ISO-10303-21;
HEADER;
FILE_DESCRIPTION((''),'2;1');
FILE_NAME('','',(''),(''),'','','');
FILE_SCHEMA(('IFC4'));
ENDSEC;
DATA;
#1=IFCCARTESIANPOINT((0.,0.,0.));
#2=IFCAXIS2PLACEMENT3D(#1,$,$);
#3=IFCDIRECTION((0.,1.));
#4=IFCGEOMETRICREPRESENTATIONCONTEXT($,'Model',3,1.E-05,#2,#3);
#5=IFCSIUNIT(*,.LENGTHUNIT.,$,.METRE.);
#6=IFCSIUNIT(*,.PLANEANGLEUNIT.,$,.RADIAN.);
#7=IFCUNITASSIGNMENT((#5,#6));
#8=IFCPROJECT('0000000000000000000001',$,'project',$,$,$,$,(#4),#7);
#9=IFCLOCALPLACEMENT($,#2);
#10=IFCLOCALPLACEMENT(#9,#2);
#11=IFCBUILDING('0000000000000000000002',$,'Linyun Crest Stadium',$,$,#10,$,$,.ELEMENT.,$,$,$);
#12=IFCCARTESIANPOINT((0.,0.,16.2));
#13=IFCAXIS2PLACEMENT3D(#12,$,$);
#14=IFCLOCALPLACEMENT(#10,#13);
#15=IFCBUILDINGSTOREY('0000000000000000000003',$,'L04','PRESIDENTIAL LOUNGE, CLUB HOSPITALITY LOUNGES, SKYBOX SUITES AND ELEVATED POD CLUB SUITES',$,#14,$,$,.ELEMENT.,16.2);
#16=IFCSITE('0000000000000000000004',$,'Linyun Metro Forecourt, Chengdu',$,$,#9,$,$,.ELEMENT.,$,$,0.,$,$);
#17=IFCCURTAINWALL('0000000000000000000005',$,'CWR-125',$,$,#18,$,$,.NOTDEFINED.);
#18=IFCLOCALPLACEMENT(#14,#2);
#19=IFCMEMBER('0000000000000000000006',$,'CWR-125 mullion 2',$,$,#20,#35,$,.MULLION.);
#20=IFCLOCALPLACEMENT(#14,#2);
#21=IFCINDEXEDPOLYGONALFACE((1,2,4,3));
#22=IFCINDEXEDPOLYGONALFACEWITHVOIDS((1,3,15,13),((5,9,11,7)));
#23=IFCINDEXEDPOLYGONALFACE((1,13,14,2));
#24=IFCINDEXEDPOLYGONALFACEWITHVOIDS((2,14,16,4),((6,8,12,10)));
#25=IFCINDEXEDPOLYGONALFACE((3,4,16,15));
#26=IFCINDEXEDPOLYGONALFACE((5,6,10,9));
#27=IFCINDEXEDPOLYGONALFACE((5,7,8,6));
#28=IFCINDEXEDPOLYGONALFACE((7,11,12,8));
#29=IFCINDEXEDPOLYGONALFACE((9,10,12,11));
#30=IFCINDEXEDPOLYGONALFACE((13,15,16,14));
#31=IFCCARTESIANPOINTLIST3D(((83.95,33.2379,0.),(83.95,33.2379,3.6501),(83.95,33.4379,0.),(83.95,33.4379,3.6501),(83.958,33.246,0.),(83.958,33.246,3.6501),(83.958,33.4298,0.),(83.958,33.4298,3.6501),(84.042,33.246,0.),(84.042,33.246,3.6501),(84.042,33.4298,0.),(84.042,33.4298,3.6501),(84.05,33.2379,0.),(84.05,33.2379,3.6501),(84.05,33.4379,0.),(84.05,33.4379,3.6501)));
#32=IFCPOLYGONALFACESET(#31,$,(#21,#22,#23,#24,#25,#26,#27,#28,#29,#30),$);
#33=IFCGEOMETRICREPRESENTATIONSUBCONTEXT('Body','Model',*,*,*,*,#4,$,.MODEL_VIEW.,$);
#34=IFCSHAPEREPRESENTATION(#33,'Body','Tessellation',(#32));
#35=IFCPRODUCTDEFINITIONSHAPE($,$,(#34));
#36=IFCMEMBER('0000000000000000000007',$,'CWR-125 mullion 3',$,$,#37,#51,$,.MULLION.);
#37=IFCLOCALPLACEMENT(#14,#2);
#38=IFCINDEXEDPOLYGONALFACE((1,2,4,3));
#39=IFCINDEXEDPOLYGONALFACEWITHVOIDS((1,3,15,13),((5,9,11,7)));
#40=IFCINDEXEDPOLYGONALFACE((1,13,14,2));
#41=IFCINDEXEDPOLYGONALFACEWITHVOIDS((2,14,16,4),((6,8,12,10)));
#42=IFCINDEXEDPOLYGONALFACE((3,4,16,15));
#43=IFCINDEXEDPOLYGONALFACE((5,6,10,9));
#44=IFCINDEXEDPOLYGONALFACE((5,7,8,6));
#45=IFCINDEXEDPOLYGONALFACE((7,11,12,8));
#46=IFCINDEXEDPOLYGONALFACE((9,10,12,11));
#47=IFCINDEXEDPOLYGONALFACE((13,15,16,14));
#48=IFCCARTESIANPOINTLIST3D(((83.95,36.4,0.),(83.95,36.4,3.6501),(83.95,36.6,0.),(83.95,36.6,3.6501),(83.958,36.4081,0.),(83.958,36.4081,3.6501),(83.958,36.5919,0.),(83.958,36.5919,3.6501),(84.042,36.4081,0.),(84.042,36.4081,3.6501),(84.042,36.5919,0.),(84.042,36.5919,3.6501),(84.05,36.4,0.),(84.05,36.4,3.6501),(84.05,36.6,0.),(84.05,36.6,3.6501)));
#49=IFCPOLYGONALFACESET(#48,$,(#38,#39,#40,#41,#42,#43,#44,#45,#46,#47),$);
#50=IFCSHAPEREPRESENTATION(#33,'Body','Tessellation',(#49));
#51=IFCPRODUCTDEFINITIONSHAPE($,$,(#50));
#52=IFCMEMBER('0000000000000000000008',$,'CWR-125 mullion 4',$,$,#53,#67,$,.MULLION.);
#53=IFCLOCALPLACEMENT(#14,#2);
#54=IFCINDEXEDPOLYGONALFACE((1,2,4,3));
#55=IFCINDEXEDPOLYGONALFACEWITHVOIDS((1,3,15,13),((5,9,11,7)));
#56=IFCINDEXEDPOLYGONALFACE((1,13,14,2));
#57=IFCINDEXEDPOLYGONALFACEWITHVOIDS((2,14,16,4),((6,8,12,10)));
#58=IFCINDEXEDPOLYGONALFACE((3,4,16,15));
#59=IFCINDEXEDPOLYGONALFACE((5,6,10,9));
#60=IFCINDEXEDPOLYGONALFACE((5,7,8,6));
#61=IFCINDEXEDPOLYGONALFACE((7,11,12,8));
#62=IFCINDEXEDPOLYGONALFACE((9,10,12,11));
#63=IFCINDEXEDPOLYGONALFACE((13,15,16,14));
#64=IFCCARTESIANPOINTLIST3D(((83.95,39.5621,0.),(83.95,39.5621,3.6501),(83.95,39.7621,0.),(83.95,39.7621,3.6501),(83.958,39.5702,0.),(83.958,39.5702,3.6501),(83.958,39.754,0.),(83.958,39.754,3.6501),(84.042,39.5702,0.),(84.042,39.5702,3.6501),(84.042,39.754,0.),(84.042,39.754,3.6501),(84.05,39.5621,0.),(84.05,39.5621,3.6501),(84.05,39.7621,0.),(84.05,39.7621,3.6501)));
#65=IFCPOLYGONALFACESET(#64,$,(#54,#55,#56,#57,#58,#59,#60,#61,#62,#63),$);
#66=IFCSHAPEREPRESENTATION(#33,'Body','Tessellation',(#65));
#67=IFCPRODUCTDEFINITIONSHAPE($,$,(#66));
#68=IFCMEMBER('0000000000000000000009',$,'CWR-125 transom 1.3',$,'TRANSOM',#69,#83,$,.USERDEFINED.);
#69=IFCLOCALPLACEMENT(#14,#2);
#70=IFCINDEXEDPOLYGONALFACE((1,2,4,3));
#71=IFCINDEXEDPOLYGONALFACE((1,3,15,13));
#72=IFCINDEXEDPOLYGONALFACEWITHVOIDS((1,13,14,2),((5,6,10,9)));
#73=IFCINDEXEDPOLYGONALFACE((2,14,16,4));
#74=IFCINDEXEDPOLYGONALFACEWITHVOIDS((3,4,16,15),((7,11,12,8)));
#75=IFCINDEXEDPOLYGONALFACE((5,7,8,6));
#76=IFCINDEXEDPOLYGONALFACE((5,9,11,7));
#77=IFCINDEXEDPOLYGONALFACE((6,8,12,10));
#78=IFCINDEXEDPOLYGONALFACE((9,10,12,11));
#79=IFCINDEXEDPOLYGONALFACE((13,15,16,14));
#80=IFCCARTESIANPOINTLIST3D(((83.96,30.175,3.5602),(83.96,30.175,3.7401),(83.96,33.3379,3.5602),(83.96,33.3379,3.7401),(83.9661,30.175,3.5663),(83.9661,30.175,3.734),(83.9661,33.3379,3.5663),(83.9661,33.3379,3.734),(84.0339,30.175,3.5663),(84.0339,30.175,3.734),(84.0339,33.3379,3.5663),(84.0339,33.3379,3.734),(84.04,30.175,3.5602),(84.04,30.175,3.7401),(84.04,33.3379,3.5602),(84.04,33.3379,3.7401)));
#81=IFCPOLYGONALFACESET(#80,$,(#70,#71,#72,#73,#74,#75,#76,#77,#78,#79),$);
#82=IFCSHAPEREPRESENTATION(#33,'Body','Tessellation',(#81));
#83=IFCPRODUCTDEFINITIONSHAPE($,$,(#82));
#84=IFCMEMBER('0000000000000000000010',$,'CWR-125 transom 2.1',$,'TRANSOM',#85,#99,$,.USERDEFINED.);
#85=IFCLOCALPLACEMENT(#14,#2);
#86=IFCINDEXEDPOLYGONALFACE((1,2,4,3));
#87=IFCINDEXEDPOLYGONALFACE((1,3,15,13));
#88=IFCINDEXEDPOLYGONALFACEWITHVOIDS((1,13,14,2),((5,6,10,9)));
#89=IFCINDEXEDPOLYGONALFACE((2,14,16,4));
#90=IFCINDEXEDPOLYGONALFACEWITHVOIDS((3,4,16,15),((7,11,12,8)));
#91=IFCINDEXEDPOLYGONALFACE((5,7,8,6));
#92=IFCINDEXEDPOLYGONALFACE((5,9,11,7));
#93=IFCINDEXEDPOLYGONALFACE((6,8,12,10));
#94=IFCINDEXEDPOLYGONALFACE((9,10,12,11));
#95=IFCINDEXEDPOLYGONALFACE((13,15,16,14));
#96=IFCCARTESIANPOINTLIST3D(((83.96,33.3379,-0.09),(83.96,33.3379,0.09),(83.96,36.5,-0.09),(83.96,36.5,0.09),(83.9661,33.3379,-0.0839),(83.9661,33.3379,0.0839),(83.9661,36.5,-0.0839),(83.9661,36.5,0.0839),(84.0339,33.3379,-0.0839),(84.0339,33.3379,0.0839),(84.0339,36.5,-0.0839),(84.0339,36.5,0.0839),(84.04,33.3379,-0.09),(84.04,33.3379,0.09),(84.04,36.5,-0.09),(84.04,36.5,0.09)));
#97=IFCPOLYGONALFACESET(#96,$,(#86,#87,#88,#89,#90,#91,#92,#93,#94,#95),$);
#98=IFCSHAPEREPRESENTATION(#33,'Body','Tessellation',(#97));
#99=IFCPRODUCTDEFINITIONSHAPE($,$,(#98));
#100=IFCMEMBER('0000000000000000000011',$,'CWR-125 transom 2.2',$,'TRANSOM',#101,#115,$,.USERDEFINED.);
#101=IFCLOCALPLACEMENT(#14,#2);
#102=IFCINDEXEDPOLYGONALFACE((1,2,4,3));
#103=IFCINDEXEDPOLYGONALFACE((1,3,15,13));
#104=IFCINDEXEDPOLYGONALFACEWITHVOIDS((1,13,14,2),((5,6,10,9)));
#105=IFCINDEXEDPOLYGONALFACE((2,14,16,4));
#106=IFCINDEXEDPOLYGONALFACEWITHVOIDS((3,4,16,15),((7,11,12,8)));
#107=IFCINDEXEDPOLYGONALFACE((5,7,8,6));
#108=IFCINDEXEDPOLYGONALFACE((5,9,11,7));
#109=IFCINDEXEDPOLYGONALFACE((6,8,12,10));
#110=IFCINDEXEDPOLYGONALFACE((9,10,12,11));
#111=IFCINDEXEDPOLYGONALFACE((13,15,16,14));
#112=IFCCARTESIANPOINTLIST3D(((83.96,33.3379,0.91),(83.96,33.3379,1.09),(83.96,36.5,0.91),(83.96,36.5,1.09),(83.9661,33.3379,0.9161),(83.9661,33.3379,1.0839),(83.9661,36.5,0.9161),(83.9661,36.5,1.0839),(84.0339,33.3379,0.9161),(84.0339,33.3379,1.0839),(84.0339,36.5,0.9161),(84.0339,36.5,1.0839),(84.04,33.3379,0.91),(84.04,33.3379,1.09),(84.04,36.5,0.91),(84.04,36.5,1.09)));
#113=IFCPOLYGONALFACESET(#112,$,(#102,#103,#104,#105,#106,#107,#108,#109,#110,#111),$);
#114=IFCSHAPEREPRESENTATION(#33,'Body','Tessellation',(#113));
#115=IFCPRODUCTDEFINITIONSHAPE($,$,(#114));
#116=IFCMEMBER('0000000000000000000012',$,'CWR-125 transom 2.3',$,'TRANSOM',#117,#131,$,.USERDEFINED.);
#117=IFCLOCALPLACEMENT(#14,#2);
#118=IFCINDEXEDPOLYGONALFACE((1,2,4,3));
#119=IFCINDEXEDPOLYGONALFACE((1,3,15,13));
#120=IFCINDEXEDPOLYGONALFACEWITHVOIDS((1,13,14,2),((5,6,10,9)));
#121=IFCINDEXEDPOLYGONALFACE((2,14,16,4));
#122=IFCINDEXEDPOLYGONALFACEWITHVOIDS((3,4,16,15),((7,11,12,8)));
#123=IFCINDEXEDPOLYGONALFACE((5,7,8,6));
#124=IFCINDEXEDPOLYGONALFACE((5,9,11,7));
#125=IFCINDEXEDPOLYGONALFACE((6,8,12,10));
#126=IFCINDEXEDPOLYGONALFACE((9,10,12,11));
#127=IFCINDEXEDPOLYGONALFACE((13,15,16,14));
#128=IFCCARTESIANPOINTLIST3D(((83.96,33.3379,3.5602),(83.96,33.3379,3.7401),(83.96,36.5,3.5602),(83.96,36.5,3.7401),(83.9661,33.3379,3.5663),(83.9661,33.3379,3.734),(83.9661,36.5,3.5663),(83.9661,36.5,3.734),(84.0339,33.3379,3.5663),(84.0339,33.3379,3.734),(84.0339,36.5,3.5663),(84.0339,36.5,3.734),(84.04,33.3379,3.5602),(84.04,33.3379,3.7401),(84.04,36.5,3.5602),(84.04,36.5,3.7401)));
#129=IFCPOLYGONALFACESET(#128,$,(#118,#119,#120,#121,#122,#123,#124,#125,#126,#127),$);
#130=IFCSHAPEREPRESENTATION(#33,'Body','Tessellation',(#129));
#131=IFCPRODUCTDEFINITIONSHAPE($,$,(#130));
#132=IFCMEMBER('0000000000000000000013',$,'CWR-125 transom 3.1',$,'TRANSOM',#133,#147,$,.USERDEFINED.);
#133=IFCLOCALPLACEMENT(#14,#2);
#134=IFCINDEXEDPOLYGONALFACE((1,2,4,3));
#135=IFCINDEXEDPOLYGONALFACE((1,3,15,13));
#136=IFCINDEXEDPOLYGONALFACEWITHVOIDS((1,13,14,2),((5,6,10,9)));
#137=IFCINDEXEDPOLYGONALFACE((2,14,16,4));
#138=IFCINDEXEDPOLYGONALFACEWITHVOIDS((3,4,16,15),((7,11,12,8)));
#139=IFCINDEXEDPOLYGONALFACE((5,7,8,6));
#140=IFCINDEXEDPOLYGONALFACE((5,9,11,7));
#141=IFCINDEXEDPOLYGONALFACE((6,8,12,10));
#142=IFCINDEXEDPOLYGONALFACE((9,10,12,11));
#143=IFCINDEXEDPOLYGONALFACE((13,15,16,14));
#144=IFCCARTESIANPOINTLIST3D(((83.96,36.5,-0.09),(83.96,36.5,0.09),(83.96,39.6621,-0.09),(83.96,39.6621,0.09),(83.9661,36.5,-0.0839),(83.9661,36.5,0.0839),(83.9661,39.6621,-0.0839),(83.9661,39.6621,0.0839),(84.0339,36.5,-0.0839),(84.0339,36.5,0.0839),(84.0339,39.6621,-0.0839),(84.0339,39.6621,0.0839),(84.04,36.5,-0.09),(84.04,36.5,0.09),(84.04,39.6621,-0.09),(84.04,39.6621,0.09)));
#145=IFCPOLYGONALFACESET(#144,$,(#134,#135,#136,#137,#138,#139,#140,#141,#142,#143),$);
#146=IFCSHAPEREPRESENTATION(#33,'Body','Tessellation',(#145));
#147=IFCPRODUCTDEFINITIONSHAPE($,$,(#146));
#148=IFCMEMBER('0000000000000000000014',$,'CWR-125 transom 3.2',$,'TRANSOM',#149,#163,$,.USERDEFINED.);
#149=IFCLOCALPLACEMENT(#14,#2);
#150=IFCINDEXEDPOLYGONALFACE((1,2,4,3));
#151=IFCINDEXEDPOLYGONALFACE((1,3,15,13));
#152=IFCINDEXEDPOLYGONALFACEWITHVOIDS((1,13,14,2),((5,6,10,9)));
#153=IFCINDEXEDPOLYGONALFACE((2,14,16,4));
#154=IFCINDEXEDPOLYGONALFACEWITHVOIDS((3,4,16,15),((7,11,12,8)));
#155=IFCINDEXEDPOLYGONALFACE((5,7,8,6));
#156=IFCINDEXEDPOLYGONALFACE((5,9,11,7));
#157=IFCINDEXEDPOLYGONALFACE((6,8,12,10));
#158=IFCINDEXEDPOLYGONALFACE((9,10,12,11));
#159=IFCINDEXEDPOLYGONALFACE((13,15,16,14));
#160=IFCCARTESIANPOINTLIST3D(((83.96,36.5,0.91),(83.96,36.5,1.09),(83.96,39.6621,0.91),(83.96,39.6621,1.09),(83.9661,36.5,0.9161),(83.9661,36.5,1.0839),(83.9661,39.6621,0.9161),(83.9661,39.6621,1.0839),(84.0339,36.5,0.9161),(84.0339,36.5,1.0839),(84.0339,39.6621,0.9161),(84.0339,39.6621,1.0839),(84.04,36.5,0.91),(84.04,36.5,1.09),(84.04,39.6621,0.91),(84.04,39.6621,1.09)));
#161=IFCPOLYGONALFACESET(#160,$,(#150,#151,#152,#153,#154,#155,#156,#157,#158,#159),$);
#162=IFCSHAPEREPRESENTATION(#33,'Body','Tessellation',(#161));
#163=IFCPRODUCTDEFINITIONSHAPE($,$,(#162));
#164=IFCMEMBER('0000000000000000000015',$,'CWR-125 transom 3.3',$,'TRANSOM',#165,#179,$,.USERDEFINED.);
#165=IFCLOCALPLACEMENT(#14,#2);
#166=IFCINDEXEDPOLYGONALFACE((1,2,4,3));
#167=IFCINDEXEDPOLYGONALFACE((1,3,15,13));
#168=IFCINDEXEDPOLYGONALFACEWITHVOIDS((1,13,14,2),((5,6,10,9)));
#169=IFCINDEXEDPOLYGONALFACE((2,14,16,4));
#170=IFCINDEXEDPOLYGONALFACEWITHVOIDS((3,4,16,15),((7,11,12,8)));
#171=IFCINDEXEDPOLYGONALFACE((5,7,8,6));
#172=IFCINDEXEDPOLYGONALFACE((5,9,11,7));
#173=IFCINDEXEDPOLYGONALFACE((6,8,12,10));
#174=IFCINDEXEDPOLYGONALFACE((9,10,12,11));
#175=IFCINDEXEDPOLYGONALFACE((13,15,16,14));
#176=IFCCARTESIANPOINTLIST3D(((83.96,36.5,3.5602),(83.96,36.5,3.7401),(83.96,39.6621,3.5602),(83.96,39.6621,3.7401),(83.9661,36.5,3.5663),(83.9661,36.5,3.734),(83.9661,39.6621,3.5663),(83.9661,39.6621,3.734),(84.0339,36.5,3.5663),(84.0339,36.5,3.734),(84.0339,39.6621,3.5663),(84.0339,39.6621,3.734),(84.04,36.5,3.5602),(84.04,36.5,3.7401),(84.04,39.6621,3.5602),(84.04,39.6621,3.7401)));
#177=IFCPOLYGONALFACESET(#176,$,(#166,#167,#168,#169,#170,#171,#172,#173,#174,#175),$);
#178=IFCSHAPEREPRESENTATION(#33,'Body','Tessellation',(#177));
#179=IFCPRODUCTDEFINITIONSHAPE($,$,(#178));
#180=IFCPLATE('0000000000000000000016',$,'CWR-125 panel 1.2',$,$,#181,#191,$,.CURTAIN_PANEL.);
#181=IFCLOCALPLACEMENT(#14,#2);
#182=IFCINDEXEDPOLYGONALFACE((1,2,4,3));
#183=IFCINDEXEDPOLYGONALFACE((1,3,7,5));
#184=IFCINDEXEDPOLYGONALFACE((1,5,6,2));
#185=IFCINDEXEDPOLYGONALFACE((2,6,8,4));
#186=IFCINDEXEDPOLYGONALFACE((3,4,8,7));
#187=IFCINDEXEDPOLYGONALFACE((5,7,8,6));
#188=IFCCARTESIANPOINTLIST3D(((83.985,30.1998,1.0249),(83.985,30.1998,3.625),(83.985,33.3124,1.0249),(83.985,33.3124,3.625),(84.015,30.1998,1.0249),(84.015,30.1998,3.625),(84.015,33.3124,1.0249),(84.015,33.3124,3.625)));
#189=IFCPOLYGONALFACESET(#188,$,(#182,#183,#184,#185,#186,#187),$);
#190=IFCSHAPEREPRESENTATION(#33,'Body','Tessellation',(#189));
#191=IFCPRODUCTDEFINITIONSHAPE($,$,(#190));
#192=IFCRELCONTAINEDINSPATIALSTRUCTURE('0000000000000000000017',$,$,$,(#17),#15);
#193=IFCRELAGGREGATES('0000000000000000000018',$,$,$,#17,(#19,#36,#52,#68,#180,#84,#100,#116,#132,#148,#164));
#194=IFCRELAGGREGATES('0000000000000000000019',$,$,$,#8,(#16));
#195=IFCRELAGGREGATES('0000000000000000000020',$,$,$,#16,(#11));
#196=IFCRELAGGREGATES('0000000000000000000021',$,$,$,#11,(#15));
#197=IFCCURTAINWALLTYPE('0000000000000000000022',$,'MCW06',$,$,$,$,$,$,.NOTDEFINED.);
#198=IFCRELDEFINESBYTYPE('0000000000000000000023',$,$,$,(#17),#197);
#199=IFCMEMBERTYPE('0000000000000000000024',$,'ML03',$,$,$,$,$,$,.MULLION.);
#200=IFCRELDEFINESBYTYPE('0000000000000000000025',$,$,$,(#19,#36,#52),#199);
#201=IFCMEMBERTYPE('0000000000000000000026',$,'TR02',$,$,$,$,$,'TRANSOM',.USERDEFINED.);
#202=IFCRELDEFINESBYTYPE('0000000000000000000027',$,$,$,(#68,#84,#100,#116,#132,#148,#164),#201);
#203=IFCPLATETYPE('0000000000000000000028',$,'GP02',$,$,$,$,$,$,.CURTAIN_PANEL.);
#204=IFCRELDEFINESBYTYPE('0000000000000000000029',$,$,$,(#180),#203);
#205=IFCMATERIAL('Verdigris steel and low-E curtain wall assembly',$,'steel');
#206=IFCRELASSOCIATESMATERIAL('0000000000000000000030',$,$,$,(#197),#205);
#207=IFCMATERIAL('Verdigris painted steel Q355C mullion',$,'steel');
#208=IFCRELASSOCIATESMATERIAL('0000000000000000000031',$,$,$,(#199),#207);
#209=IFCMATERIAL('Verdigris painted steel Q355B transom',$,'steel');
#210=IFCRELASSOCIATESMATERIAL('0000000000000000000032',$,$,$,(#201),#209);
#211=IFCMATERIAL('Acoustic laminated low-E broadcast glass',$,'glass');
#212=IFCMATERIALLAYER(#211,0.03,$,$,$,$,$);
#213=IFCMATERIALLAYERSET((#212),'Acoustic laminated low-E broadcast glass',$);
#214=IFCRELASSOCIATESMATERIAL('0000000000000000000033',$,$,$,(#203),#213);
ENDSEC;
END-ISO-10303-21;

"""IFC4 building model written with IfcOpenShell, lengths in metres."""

from ifc_helpers import new_model, si_unit, direction, frame, origin, origin_2d, place, context, subcontext, project, spatial, rectangle, hollow_rectangle, extrude, material, layer, layer_set, material_profile, profile_set, type_object, element, aggregate, save


model = new_model("IFC4")

# Units and contexts
model_context = context("Model", 3, precision=1e-05, world=origin(), true_north=direction((0.0, 1.0)))
body_context = subcontext(model_context, "Body", "Model", "MODEL_VIEW")
ifc_project = project(units=[si_unit("LENGTHUNIT", "METRE"), si_unit("PLANEANGLEUNIT", "RADIAN")], contexts=[model_context])

# Site, building, storey
site_placement = place(None, origin())
site = spatial("IfcSite", under=ifc_project, at=site_placement, Name="Linyun Metro Forecourt, Chengdu", CompositionType="ELEMENT", RefElevation=0.0)
building_placement = place(site_placement, origin())
building = spatial("IfcBuilding", under=site, at=building_placement, Name="Linyun Crest Stadium", CompositionType="ELEMENT")
storey_placement = place(building_placement, frame((0.0, 0.0, 16.2)))
storey = spatial("IfcBuildingStorey", under=building, at=storey_placement, Name="L04", Description="PRESIDENTIAL LOUNGE, CLUB HOSPITALITY LOUNGES, SKYBOX SUITES AND ELEVATED POD CLUB SUITES", CompositionType="ELEMENT", Elevation=16.2)

# Curtain wall, members, plate
ifc_material_1 = material(Name="Verdigris steel and low-E curtain wall assembly", Category="steel")
curtain_wall_type = type_object("IfcCurtainWallType", Name="MCW06", PredefinedType="NOTDEFINED", material=ifc_material_1)
curtain_wall_placement = place(storey_placement, origin())
curtain_wall = element("IfcCurtainWall", 1, at=curtain_wall_placement, inside=storey, type_object=curtain_wall_type, Name="CWR-125", PredefinedType="NOTDEFINED")
ifc_material_2 = material(Name="Verdigris painted steel Q355C mullion", Category="steel")
ifc_material_profile_1 = material_profile(ifc_material_2, hollow_rectangle(XDim=0.1001, YDim=0.2, WallThickness=0.0081, at=origin_2d()), Name="RHS 200x100x8")
ifc_profile_set_1 = profile_set([ifc_material_profile_1], Name="Verdigris painted steel Q355C mullion")
member_type_1 = type_object("IfcMemberType", Name="ML03", PredefinedType="MULLION", material=ifc_profile_set_1)
member_1_placement = place(storey_placement, frame((84.0, 33.3379, 0.0), z_axis=(0.0, 0.0, 1.0), x_axis=(-1.0, 0.0, 0.0)))
member_1 = element("IfcMember", 2, at=member_1_placement, type_object=member_type_1, Name="CWR-125 mullion 2", PredefinedType="MULLION", context=body_context, shape_type="SweptSolid", body=[
    extrude(hollow_rectangle(XDim=0.1001, YDim=0.2, WallThickness=0.0081, at=origin_2d()), origin(), (0.0, 0.0, 1.0), 3.6501),
])
member_2_placement = place(storey_placement, frame((84.0, 36.5, 0.0), z_axis=(0.0, 0.0, 1.0), x_axis=(-1.0, 0.0, 0.0)))
member_2 = element("IfcMember", 3, at=member_2_placement, type_object=member_type_1, Name="CWR-125 mullion 3", PredefinedType="MULLION", context=body_context, shape_type="SweptSolid", body=[
    extrude(hollow_rectangle(XDim=0.1001, YDim=0.2, WallThickness=0.0081, at=origin_2d()), origin(), (0.0, 0.0, 1.0), 3.6501),
])
member_3_placement = place(storey_placement, frame((84.0, 39.6621, 0.0), z_axis=(0.0, 0.0, 1.0), x_axis=(-1.0, 0.0, 0.0)))
member_3 = element("IfcMember", 4, at=member_3_placement, type_object=member_type_1, Name="CWR-125 mullion 4", PredefinedType="MULLION", context=body_context, shape_type="SweptSolid", body=[
    extrude(hollow_rectangle(XDim=0.1001, YDim=0.2, WallThickness=0.0081, at=origin_2d()), origin(), (0.0, 0.0, 1.0), 3.6501),
])
ifc_material_3 = material(Name="Verdigris painted steel Q355B transom", Category="steel")
ifc_material_profile_2 = material_profile(ifc_material_3, hollow_rectangle(XDim=0.0801, YDim=0.1799, WallThickness=0.0061, at=origin_2d()), Name="RHS 180x80x6")
ifc_profile_set_2 = profile_set([ifc_material_profile_2], Name="Verdigris painted steel Q355B transom")
member_type_2 = type_object("IfcMemberType", Name="TR02", ElementType="TRANSOM", PredefinedType="USERDEFINED", material=ifc_profile_set_2)
member_4_placement = place(storey_placement, frame((84.0, 30.175, 3.6501), z_axis=(0.0, 1.0, 0.0), x_axis=(-1.0, 0.0, 0.0)))
member_4 = element("IfcMember", 5, at=member_4_placement, type_object=member_type_2, Name="CWR-125 transom 1.3", ObjectType="TRANSOM", PredefinedType="USERDEFINED", context=body_context, shape_type="SweptSolid", body=[
    extrude(hollow_rectangle(XDim=0.0801, YDim=0.1799, WallThickness=0.0061, at=origin_2d()), origin(), (0.0, 0.0, 1.0), 3.1628),
])
member_5_placement = place(storey_placement, frame((84.0, 33.3379, 0.0), z_axis=(0.0, 1.0, 0.0), x_axis=(-1.0, 0.0, 0.0)))
member_5 = element("IfcMember", 6, at=member_5_placement, type_object=member_type_2, Name="CWR-125 transom 2.1", ObjectType="TRANSOM", PredefinedType="USERDEFINED", context=body_context, shape_type="SweptSolid", body=[
    extrude(hollow_rectangle(XDim=0.0801, YDim=0.1799, WallThickness=0.0061, at=origin_2d()), origin(), (0.0, 0.0, 1.0), 3.1621),
])
member_6_placement = place(storey_placement, frame((84.0, 33.3379, 1.0), z_axis=(0.0, 1.0, 0.0), x_axis=(-1.0, 0.0, 0.0)))
member_6 = element("IfcMember", 7, at=member_6_placement, type_object=member_type_2, Name="CWR-125 transom 2.2", ObjectType="TRANSOM", PredefinedType="USERDEFINED", context=body_context, shape_type="SweptSolid", body=[
    extrude(hollow_rectangle(XDim=0.0801, YDim=0.1799, WallThickness=0.0061, at=origin_2d()), origin(), (0.0, 0.0, 1.0), 3.1621),
])
member_7_placement = place(storey_placement, frame((84.0, 33.3379, 3.6501), z_axis=(0.0, 1.0, 0.0), x_axis=(-1.0, 0.0, 0.0)))
member_7 = element("IfcMember", 8, at=member_7_placement, type_object=member_type_2, Name="CWR-125 transom 2.3", ObjectType="TRANSOM", PredefinedType="USERDEFINED", context=body_context, shape_type="SweptSolid", body=[
    extrude(hollow_rectangle(XDim=0.0801, YDim=0.1799, WallThickness=0.0061, at=origin_2d()), origin(), (0.0, 0.0, 1.0), 3.1621),
])
member_8_placement = place(storey_placement, frame((84.0, 36.5, 0.0), z_axis=(0.0, 1.0, 0.0), x_axis=(-1.0, 0.0, 0.0)))
member_8 = element("IfcMember", 9, at=member_8_placement, type_object=member_type_2, Name="CWR-125 transom 3.1", ObjectType="TRANSOM", PredefinedType="USERDEFINED", context=body_context, shape_type="SweptSolid", body=[
    extrude(hollow_rectangle(XDim=0.0801, YDim=0.1799, WallThickness=0.0061, at=origin_2d()), origin(), (0.0, 0.0, 1.0), 3.1621),
])
member_9_placement = place(storey_placement, frame((84.0, 36.5, 1.0), z_axis=(0.0, 1.0, 0.0), x_axis=(-1.0, 0.0, 0.0)))
member_9 = element("IfcMember", 10, at=member_9_placement, type_object=member_type_2, Name="CWR-125 transom 3.2", ObjectType="TRANSOM", PredefinedType="USERDEFINED", context=body_context, shape_type="SweptSolid", body=[
    extrude(hollow_rectangle(XDim=0.0801, YDim=0.1799, WallThickness=0.0061, at=origin_2d()), origin(), (0.0, 0.0, 1.0), 3.1621),
])
member_10_placement = place(storey_placement, frame((84.0, 36.5, 3.6501), z_axis=(0.0, 1.0, 0.0), x_axis=(-1.0, 0.0, 0.0)))
member_10 = element("IfcMember", 11, at=member_10_placement, type_object=member_type_2, Name="CWR-125 transom 3.3", ObjectType="TRANSOM", PredefinedType="USERDEFINED", context=body_context, shape_type="SweptSolid", body=[
    extrude(hollow_rectangle(XDim=0.0801, YDim=0.1799, WallThickness=0.0061, at=origin_2d()), origin(), (0.0, 0.0, 1.0), 3.1621),
])
ifc_material_4 = material(Name="Acoustic laminated low-E broadcast glass", Category="glass")
ifc_layer_1 = layer(ifc_material_4, 0.03)
ifc_layer_set_1 = layer_set([ifc_layer_1], Name="Acoustic laminated low-E broadcast glass")
plate_type_1 = type_object("IfcPlateType", Name="GP02", PredefinedType="CURTAIN_PANEL", material=ifc_layer_set_1)
plate_1_placement = place(storey_placement, frame((84.0, 31.7561, 1.0249), z_axis=(0.0, 0.0, 1.0), x_axis=(0.0, 1.0, 0.0)))
plate_1 = element("IfcPlate", 12, at=plate_1_placement, type_object=plate_type_1, Name="CWR-125 panel 1.2", PredefinedType="CURTAIN_PANEL", context=body_context, shape_type="SweptSolid", body=[
    extrude(rectangle(XDim=3.1125, YDim=0.03, at=origin_2d()), origin(), (0.0, 0.0, 1.0), 2.6001),
])
aggregate(curtain_wall, [member_1, member_2, member_3, member_4, plate_1, member_5, member_6, member_7, member_8, member_9, member_10])

save(model, "model.ifc")
